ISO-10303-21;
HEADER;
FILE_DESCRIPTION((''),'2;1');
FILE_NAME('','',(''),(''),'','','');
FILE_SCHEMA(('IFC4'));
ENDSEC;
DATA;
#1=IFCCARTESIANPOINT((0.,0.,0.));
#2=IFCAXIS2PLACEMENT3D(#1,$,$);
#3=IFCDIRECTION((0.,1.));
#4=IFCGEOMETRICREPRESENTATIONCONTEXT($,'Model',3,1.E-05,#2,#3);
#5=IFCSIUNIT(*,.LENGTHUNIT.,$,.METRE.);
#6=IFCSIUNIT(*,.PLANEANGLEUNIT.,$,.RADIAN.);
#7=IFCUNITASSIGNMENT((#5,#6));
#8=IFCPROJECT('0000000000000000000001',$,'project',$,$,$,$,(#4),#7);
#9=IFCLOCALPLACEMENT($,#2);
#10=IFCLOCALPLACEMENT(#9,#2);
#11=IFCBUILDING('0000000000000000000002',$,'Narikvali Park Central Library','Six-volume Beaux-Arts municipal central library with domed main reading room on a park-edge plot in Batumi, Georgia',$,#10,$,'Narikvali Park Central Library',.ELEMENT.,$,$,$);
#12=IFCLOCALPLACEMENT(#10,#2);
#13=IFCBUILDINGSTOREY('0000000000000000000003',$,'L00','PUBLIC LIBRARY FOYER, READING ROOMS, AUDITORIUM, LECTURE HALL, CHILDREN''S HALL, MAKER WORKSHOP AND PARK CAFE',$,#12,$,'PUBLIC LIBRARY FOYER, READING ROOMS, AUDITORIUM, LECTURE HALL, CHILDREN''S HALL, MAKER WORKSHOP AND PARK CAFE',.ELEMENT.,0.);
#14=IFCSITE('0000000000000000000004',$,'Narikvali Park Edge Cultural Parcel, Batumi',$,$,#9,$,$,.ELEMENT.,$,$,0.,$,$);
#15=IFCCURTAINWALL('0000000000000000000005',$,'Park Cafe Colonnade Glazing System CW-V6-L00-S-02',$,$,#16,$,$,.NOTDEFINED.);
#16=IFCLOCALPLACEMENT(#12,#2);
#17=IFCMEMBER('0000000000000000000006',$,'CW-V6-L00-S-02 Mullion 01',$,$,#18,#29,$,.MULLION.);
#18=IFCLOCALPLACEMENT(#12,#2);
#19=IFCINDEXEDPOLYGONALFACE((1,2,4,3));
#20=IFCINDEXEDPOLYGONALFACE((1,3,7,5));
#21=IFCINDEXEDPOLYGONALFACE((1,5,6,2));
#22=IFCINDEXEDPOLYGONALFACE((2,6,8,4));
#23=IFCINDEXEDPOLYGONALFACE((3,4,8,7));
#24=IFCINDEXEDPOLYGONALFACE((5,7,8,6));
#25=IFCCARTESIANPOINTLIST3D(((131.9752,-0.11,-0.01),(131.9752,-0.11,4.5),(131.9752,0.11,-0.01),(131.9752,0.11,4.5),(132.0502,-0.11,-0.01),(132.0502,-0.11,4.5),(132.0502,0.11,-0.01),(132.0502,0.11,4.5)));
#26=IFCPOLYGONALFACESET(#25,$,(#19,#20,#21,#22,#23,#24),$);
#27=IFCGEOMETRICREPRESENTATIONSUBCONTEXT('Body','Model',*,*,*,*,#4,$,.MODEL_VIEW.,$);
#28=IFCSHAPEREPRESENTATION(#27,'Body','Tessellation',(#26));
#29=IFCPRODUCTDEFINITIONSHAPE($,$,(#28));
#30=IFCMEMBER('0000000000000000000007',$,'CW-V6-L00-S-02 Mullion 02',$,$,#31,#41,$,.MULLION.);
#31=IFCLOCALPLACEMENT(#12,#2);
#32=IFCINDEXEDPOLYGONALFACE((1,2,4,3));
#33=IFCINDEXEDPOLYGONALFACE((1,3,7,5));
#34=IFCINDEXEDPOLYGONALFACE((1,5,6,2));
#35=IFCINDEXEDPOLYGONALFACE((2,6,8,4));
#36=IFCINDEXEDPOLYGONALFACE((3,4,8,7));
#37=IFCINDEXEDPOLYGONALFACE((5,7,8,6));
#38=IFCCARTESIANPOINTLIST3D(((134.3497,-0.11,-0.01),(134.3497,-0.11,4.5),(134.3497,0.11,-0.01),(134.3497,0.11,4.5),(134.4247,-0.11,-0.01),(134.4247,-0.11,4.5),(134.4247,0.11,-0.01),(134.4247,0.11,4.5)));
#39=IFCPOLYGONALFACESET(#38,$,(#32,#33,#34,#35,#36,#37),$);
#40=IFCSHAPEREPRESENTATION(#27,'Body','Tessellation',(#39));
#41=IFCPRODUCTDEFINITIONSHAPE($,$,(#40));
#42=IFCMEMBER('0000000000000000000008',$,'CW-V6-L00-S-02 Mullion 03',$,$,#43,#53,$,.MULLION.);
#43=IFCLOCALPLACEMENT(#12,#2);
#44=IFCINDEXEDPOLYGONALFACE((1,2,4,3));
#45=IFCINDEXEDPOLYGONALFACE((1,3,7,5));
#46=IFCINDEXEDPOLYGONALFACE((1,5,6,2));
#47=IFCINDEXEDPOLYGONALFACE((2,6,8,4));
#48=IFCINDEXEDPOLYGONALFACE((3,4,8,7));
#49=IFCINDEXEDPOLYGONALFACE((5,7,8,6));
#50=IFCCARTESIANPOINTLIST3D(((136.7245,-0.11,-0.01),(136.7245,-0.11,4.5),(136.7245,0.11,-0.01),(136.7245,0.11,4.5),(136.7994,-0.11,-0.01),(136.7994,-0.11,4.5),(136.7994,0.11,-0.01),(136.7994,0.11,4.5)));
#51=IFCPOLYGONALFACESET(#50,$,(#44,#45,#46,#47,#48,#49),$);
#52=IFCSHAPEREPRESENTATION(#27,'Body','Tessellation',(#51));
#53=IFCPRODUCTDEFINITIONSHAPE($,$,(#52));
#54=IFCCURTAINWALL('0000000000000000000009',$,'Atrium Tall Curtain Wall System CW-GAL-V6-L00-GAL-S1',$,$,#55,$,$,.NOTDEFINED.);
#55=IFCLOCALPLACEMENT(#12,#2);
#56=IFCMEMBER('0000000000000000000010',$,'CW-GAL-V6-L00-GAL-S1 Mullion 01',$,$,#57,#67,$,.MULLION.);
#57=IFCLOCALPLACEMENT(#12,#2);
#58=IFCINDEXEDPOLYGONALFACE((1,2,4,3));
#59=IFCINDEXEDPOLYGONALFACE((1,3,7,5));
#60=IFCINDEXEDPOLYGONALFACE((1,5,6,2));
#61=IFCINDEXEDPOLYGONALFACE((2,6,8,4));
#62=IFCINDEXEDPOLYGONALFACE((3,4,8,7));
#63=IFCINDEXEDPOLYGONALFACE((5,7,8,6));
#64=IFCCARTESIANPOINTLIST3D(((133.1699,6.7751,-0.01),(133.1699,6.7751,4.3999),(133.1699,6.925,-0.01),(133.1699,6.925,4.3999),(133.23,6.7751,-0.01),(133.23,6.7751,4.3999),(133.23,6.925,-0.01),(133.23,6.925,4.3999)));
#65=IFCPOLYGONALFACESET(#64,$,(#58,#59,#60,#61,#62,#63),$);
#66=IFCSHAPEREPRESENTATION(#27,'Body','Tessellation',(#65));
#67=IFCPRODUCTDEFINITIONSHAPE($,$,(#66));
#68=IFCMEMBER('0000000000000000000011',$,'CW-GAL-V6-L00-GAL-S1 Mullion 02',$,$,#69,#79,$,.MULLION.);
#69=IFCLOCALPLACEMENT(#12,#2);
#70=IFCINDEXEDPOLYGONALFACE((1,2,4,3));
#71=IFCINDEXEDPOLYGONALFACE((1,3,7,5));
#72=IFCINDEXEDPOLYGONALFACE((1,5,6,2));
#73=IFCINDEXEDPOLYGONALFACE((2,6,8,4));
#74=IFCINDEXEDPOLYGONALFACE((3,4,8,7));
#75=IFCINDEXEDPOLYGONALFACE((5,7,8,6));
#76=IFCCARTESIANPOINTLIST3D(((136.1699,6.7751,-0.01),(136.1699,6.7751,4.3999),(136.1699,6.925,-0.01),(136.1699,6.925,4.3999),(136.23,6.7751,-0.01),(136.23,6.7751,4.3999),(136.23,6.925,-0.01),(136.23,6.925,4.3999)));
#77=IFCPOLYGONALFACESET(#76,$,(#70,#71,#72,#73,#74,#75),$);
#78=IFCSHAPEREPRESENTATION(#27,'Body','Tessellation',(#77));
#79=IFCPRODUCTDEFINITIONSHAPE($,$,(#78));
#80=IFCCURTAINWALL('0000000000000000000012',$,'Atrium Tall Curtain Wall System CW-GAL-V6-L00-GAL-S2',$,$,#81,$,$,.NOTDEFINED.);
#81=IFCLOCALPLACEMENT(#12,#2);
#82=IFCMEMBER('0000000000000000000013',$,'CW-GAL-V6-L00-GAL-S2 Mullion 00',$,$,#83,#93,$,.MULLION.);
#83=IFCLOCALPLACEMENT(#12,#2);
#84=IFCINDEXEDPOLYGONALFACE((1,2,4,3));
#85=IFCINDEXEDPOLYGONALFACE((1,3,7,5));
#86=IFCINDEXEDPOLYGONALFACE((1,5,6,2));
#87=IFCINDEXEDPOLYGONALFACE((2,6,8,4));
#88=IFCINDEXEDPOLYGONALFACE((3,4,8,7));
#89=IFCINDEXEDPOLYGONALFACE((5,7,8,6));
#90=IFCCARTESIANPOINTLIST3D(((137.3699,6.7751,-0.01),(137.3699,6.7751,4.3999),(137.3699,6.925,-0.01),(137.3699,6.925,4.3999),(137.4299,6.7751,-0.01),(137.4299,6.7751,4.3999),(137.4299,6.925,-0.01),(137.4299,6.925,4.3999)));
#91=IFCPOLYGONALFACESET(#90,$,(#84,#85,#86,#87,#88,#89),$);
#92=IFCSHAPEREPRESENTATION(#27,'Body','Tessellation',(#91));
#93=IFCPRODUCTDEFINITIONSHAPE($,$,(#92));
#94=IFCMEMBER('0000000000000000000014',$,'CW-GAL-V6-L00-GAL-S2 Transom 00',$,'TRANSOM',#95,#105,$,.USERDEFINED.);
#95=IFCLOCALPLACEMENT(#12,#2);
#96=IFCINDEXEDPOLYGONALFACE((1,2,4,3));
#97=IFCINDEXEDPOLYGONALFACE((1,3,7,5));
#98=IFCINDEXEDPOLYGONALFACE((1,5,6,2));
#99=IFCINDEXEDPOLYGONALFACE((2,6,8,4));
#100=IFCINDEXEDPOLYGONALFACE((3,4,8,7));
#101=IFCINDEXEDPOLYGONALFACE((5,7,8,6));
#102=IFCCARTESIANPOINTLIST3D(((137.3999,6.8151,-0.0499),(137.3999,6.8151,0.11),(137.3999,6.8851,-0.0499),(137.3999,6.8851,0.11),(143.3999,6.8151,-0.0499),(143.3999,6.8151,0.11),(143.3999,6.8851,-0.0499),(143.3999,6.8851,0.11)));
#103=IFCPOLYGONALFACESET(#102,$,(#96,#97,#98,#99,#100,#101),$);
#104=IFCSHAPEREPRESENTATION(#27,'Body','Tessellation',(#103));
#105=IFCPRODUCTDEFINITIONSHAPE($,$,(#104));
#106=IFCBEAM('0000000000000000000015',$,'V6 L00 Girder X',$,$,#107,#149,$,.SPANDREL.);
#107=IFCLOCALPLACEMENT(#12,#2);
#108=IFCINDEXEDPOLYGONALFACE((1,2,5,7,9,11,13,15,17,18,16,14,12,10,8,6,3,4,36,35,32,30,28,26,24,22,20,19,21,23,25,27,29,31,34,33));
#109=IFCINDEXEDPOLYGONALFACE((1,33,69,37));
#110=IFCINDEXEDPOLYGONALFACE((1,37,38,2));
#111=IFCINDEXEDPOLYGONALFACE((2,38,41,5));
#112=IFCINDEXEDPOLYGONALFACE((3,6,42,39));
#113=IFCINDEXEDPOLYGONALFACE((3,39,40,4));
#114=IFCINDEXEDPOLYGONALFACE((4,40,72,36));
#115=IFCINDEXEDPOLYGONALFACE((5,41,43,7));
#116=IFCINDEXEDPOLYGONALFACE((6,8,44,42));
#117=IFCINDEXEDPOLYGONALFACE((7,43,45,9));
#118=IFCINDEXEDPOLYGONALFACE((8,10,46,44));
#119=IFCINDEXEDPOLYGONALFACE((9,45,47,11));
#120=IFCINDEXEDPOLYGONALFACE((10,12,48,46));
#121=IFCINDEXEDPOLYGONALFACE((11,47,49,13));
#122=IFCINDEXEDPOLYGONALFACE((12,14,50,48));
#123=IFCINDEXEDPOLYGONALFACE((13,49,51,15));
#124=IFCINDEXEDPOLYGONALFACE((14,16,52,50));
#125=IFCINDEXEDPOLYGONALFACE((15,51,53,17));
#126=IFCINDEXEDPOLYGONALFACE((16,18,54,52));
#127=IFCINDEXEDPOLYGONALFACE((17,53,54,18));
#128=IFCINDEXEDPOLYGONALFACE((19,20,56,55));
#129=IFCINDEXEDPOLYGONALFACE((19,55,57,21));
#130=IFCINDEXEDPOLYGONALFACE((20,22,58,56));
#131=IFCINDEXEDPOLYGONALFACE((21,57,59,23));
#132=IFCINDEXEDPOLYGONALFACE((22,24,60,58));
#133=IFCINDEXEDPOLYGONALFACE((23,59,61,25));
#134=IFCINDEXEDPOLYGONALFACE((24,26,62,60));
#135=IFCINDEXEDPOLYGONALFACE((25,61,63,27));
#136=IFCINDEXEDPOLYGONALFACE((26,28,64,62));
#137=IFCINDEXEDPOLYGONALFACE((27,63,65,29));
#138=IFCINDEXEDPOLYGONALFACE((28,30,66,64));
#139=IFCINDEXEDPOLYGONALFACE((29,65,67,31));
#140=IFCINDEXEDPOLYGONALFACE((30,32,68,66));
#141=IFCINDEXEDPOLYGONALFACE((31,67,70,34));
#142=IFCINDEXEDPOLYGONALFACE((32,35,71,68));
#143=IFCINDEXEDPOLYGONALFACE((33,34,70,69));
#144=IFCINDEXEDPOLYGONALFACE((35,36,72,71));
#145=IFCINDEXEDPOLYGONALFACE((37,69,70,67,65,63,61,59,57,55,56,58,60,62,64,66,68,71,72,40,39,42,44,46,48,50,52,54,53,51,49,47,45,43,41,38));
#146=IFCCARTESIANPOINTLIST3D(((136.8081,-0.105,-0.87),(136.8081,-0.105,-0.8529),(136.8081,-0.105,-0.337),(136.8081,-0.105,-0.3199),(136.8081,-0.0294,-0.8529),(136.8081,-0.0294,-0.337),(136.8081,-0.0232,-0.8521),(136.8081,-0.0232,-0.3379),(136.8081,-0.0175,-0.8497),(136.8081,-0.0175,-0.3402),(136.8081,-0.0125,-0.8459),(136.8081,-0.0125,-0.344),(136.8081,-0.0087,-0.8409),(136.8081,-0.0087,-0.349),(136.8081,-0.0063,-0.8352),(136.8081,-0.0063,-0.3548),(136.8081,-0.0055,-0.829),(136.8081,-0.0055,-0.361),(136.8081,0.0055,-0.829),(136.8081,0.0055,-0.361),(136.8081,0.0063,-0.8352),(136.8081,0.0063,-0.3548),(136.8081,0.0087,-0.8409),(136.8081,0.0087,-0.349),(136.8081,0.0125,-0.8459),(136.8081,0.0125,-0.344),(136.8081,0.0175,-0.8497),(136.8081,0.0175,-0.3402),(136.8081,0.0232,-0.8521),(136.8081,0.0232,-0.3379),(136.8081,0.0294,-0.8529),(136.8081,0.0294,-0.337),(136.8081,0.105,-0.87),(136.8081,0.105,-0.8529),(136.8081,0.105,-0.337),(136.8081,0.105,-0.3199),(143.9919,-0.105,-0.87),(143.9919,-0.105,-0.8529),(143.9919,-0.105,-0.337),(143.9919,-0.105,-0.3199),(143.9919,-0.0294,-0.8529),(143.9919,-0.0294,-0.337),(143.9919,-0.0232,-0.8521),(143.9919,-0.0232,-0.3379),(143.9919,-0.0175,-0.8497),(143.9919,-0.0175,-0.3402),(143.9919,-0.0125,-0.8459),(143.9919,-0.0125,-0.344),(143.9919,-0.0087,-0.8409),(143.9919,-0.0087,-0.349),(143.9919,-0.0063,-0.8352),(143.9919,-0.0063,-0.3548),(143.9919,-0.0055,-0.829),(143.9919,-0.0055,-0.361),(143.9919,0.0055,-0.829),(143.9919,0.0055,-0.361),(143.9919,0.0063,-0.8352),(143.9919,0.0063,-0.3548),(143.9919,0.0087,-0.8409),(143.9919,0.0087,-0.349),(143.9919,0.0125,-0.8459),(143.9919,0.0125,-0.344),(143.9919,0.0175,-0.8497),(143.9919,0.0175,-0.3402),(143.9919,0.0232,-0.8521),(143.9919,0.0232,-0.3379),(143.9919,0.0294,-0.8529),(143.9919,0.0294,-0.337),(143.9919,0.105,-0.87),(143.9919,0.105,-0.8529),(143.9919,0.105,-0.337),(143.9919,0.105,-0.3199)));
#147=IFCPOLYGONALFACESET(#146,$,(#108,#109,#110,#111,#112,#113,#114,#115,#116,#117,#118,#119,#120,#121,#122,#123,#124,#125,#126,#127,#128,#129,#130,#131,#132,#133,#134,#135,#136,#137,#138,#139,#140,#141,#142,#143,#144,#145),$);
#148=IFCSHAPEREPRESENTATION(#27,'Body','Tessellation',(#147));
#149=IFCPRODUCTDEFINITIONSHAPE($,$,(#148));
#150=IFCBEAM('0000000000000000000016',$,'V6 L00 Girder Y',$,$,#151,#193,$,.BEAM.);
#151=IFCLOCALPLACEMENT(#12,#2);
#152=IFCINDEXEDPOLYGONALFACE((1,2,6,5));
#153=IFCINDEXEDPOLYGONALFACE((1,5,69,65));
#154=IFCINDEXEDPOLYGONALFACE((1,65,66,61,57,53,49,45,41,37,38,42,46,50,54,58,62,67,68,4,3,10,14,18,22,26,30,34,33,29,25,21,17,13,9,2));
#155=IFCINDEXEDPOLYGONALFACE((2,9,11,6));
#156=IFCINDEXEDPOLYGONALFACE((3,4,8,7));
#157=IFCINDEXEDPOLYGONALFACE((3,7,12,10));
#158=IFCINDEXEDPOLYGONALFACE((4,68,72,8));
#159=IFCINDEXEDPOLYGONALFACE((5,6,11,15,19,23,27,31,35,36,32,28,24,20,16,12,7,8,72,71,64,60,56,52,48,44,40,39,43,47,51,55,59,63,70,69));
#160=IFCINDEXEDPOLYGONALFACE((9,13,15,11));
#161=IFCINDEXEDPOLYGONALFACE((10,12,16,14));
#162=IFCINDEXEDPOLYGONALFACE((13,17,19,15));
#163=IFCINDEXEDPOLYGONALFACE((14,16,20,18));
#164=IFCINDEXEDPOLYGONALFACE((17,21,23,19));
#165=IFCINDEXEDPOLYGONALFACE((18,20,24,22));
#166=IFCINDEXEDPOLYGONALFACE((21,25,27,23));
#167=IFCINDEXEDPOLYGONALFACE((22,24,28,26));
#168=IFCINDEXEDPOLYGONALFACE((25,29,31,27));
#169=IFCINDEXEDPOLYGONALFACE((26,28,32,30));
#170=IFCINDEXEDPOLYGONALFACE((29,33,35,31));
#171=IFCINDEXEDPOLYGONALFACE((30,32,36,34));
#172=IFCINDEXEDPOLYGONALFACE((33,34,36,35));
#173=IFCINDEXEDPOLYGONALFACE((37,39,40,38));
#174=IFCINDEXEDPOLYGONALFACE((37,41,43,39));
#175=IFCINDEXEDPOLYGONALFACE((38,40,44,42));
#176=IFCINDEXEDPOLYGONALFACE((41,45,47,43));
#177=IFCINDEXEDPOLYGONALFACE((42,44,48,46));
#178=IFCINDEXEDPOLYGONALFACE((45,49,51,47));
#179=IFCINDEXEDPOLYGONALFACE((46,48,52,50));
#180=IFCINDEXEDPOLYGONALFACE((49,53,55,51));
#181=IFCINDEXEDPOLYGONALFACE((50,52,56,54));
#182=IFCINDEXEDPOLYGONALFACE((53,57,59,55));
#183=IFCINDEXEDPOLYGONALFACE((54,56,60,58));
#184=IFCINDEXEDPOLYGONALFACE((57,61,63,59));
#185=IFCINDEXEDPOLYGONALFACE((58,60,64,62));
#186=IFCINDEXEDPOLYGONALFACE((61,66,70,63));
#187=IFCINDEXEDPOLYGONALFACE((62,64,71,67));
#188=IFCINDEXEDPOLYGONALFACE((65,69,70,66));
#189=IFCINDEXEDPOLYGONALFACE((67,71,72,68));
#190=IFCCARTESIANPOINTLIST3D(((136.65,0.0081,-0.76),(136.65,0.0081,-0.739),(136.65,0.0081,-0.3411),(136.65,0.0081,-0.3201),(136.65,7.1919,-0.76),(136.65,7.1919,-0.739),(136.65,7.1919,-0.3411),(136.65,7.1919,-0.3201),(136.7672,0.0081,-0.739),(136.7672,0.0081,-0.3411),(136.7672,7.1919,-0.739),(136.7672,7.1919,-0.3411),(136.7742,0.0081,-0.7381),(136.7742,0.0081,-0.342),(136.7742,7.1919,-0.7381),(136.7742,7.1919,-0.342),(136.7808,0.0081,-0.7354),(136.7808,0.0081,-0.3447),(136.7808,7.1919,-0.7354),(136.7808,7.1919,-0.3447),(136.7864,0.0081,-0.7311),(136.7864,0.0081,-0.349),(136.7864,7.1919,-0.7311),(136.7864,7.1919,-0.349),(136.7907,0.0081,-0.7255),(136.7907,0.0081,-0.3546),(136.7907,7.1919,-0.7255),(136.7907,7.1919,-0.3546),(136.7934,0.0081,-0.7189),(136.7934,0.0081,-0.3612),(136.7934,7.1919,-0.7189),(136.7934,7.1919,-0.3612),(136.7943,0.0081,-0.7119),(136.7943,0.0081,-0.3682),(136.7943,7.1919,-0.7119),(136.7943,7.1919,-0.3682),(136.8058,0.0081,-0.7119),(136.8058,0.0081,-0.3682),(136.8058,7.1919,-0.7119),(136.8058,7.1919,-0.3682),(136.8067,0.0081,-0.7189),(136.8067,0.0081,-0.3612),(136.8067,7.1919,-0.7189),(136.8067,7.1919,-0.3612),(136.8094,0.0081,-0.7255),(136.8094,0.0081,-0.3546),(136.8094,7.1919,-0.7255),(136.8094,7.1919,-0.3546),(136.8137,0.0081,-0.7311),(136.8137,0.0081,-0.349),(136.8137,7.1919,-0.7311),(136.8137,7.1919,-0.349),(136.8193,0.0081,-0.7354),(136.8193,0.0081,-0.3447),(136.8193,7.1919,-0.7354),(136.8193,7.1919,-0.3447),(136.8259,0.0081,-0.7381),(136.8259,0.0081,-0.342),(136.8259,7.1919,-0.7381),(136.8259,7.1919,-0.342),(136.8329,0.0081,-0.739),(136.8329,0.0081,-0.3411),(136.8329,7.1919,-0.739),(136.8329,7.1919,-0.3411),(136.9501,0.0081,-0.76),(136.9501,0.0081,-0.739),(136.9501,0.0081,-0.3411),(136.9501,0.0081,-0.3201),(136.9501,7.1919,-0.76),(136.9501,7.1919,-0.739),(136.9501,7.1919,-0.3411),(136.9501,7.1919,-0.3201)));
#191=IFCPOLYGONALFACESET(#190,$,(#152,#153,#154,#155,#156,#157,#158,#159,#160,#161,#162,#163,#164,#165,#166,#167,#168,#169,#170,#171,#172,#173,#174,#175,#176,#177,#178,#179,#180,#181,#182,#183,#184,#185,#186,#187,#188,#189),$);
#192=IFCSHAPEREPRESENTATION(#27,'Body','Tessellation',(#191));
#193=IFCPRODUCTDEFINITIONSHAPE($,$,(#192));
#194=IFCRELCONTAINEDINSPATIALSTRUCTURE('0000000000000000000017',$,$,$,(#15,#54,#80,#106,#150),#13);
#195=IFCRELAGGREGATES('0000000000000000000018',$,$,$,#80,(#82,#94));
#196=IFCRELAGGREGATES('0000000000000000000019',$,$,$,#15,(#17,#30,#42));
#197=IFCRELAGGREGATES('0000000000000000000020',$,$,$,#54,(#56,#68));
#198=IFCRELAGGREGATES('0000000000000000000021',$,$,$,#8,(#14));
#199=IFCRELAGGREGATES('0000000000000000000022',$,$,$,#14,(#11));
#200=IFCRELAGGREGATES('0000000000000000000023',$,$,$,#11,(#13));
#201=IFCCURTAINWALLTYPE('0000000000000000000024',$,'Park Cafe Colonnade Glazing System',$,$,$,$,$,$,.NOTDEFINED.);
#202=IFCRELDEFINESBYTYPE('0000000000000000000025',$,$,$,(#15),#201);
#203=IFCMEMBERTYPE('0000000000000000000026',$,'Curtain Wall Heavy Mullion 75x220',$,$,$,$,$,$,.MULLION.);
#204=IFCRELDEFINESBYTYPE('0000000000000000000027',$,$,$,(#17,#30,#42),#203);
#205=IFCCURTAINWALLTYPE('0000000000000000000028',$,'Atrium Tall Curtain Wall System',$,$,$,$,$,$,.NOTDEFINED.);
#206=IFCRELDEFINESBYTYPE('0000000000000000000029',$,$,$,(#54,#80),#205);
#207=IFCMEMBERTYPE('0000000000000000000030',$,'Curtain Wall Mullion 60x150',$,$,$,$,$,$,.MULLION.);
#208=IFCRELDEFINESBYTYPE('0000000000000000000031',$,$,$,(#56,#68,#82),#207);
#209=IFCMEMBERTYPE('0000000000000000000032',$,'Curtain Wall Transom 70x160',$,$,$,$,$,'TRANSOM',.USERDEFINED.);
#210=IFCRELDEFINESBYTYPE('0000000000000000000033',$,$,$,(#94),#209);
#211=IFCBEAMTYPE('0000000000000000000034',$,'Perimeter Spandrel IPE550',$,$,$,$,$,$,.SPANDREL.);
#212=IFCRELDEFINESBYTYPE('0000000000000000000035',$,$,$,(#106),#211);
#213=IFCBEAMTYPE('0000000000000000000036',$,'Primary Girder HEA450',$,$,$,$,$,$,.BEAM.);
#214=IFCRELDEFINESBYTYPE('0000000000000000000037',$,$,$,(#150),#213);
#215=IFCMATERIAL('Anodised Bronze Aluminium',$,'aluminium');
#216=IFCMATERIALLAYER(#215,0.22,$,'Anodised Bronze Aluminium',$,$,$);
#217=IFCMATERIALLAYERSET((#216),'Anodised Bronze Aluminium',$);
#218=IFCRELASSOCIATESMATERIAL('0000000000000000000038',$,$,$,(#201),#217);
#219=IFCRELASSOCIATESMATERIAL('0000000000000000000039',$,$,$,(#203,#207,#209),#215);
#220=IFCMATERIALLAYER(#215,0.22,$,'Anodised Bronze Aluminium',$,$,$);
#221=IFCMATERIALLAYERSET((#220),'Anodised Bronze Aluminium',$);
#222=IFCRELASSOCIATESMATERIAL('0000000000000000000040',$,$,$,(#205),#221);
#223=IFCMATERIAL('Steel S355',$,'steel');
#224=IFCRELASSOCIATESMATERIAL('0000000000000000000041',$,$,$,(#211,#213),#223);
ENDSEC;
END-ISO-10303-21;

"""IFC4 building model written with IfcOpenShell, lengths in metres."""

from ifc_helpers import new_model, si_unit, direction, frame, origin, origin_2d, place, context, subcontext, project, spatial, rectangle, i_section, extrude, material, layer, layer_set, material_profile, profile_set, type_object, element, aggregate, save


model = new_model("IFC4")

# Units and contexts
model_context = context("Model", 3, precision=1e-05, world=origin(), true_north=direction((0.0, 1.0)))
body_context = subcontext(model_context, "Body", "Model", "MODEL_VIEW")
ifc_project = project(units=[si_unit("LENGTHUNIT", "METRE"), si_unit("PLANEANGLEUNIT", "RADIAN")], contexts=[model_context])

# Site, building, storey
site_placement = place(None, origin())
site = spatial("IfcSite", under=ifc_project, at=site_placement, Name="Narikvali Park Edge Cultural Parcel, Batumi", CompositionType="ELEMENT", RefElevation=0.0)
building_placement = place(site_placement, origin())
building = spatial("IfcBuilding", under=site, at=building_placement, Name="Narikvali Park Central Library", Description="Six-volume Beaux-Arts municipal central library with domed main reading room on a park-edge plot in Batumi, Georgia", LongName="Narikvali Park Central Library", CompositionType="ELEMENT")
storey_placement = place(building_placement, origin())
storey = spatial("IfcBuildingStorey", under=building, at=storey_placement, Name="L00", Description="PUBLIC LIBRARY FOYER, READING ROOMS, AUDITORIUM, LECTURE HALL, CHILDREN'S HALL, MAKER WORKSHOP AND PARK CAFE", LongName="PUBLIC LIBRARY FOYER, READING ROOMS, AUDITORIUM, LECTURE HALL, CHILDREN'S HALL, MAKER WORKSHOP AND PARK CAFE", CompositionType="ELEMENT", Elevation=0.0)

# Shared definitions
ifc_material_1 = material(Name="Steel S355", Category="steel")

# Curtain walls, members
ifc_material_2 = material(Name="Anodised Bronze Aluminium", Category="aluminium")
ifc_layer_1 = layer(ifc_material_2, 0.22, Name="Anodised Bronze Aluminium")
ifc_layer_set_1 = layer_set([ifc_layer_1], Name="Anodised Bronze Aluminium")
curtain_wall_type_1 = type_object("IfcCurtainWallType", Name="Park Cafe Colonnade Glazing System", PredefinedType="NOTDEFINED", material=ifc_layer_set_1)
curtain_wall_1_placement = place(storey_placement, origin())
curtain_wall_1 = element("IfcCurtainWall", 1, at=curtain_wall_1_placement, inside=storey, type_object=curtain_wall_type_1, Name="Park Cafe Colonnade Glazing System CW-V6-L00-S-02", PredefinedType="NOTDEFINED")
ifc_material_profile_1 = material_profile(ifc_material_2, rectangle(XDim=0.075, YDim=0.22, at=origin_2d()), Name="CW MULLION 75x220")
ifc_profile_set_1 = profile_set([ifc_material_profile_1], Name="Anodised Bronze Aluminium")
member_type_1 = type_object("IfcMemberType", Name="Curtain Wall Heavy Mullion 75x220", PredefinedType="MULLION", material=ifc_profile_set_1)
member_1_placement = place(storey_placement, frame((132.0127, 0.0, -0.01), z_axis=(0.0, 0.0, 1.0), x_axis=(1.0, 0.0, 0.0)))
member_1 = element("IfcMember", 2, at=member_1_placement, type_object=member_type_1, Name="CW-V6-L00-S-02 Mullion 01", PredefinedType="MULLION", context=body_context, shape_type="SweptSolid", body=[
    extrude(rectangle(XDim=0.075, YDim=0.22, at=origin_2d()), origin(), (0.0, 0.0, 1.0), 4.51),
])
member_2_placement = place(storey_placement, frame((134.3872, 0.0, -0.01), z_axis=(0.0, 0.0, 1.0), x_axis=(1.0, 0.0, 0.0)))
member_2 = element("IfcMember", 3, at=member_2_placement, type_object=member_type_1, Name="CW-V6-L00-S-02 Mullion 02", PredefinedType="MULLION", context=body_context, shape_type="SweptSolid", body=[
    extrude(rectangle(XDim=0.075, YDim=0.22, at=origin_2d()), origin(), (0.0, 0.0, 1.0), 4.51),
])
member_3_placement = place(storey_placement, frame((136.762, 0.0, -0.01), z_axis=(0.0, 0.0, 1.0), x_axis=(1.0, 0.0, 0.0)))
member_3 = element("IfcMember", 4, at=member_3_placement, type_object=member_type_1, Name="CW-V6-L00-S-02 Mullion 03", PredefinedType="MULLION", context=body_context, shape_type="SweptSolid", body=[
    extrude(rectangle(XDim=0.075, YDim=0.22, at=origin_2d()), origin(), (0.0, 0.0, 1.0), 4.51),
])
ifc_layer_2 = layer(ifc_material_2, 0.22, Name="Anodised Bronze Aluminium")
ifc_layer_set_2 = layer_set([ifc_layer_2], Name="Anodised Bronze Aluminium")
curtain_wall_type_2 = type_object("IfcCurtainWallType", Name="Atrium Tall Curtain Wall System", PredefinedType="NOTDEFINED", material=ifc_layer_set_2)
curtain_wall_2_placement = place(storey_placement, origin())
curtain_wall_2 = element("IfcCurtainWall", 5, at=curtain_wall_2_placement, inside=storey, type_object=curtain_wall_type_2, Name="Atrium Tall Curtain Wall System CW-GAL-V6-L00-GAL-S1", PredefinedType="NOTDEFINED")
ifc_material_profile_2 = material_profile(ifc_material_2, rectangle(XDim=0.0601, YDim=0.1499, at=origin_2d()), Name="CW MULLION 60x150")
ifc_profile_set_2 = profile_set([ifc_material_profile_2], Name="Anodised Bronze Aluminium")
member_type_2 = type_object("IfcMemberType", Name="Curtain Wall Mullion 60x150", PredefinedType="MULLION", material=ifc_profile_set_2)
member_4_placement = place(storey_placement, frame((133.2, 6.8501, -0.01), z_axis=(0.0, 0.0, 1.0), x_axis=(1.0, 0.0, 0.0)))
member_4 = element("IfcMember", 6, at=member_4_placement, type_object=member_type_2, Name="CW-GAL-V6-L00-GAL-S1 Mullion 01", PredefinedType="MULLION", context=body_context, shape_type="SweptSolid", body=[
    extrude(rectangle(XDim=0.0601, YDim=0.1499, at=origin_2d()), origin(), (0.0, 0.0, 1.0), 4.4099),
])
member_5_placement = place(storey_placement, frame((136.2, 6.8501, -0.01), z_axis=(0.0, 0.0, 1.0), x_axis=(1.0, 0.0, 0.0)))
member_5 = element("IfcMember", 7, at=member_5_placement, type_object=member_type_2, Name="CW-GAL-V6-L00-GAL-S1 Mullion 02", PredefinedType="MULLION", context=body_context, shape_type="SweptSolid", body=[
    extrude(rectangle(XDim=0.0601, YDim=0.1499, at=origin_2d()), origin(), (0.0, 0.0, 1.0), 4.4099),
])
curtain_wall_3_placement = place(storey_placement, origin())
curtain_wall_3 = element("IfcCurtainWall", 8, at=curtain_wall_3_placement, inside=storey, type_object=curtain_wall_type_2, Name="Atrium Tall Curtain Wall System CW-GAL-V6-L00-GAL-S2", PredefinedType="NOTDEFINED")
member_6_placement = place(storey_placement, frame((137.3999, 6.8501, -0.01), z_axis=(0.0, 0.0, 1.0), x_axis=(1.0, 0.0, 0.0)))
member_6 = element("IfcMember", 9, at=member_6_placement, type_object=member_type_2, Name="CW-GAL-V6-L00-GAL-S2 Mullion 00", PredefinedType="MULLION", context=body_context, shape_type="SweptSolid", body=[
    extrude(rectangle(XDim=0.0601, YDim=0.1499, at=origin_2d()), origin(), (0.0, 0.0, 1.0), 4.4099),
])
ifc_material_profile_3 = material_profile(ifc_material_2, rectangle(XDim=0.0701, YDim=0.1599, at=origin_2d()), Name="CW TRANSOM 70x160")
ifc_profile_set_3 = profile_set([ifc_material_profile_3], Name="Anodised Bronze Aluminium")
member_type_3 = type_object("IfcMemberType", Name="Curtain Wall Transom 70x160", ElementType="TRANSOM", PredefinedType="USERDEFINED", material=ifc_profile_set_3)
member_7_placement = place(storey_placement, frame((137.3999, 6.8501, 0.03), z_axis=(1.0, 0.0, 0.0), x_axis=(0.0, 1.0, 0.0)))
member_7 = element("IfcMember", 10, at=member_7_placement, type_object=member_type_3, Name="CW-GAL-V6-L00-GAL-S2 Transom 00", ObjectType="TRANSOM", PredefinedType="USERDEFINED", context=body_context, shape_type="SweptSolid", body=[
    extrude(rectangle(XDim=0.0701, YDim=0.1599, at=origin_2d()), origin(), (0.0, 0.0, 1.0), 6.0),
])
aggregate(curtain_wall_3, [member_6, member_7])

# Beams
ifc_material_profile_4 = material_profile(ifc_material_1, i_section(OverallWidth=0.21, OverallDepth=0.55, WebThickness=0.011, FlangeThickness=0.0171, FilletRadius=0.0239, at=origin_2d()), Name="IPE 550")
ifc_profile_set_4 = profile_set([ifc_material_profile_4], Name="Steel S355")
beam_type_1 = type_object("IfcBeamType", Name="Perimeter Spandrel IPE550", PredefinedType="SPANDREL", material=ifc_profile_set_4)
beam_1_placement = place(storey_placement, frame((136.8081, 0.0, -0.595), z_axis=(1.0, 0.0, 0.0), x_axis=(0.0, 1.0, 0.0)))
element("IfcBeam", 11, at=beam_1_placement, inside=storey, type_object=beam_type_1, Name="V6 L00 Girder X", PredefinedType="SPANDREL", context=body_context, shape_type="SweptSolid", body=[
    extrude(i_section(OverallWidth=0.21, OverallDepth=0.55, WebThickness=0.011, FlangeThickness=0.0171, FilletRadius=0.0239, at=origin_2d()), origin(), (0.0, 0.0, 1.0), 7.1838),
])
ifc_material_profile_5 = material_profile(ifc_material_1, i_section(OverallWidth=0.3, OverallDepth=0.4399, WebThickness=0.0115, FlangeThickness=0.021, FilletRadius=0.0271, at=origin_2d()), Name="HEA 450")
ifc_profile_set_5 = profile_set([ifc_material_profile_5], Name="Steel S355")
beam_type_2 = type_object("IfcBeamType", Name="Primary Girder HEA450", PredefinedType="BEAM", material=ifc_profile_set_5)
beam_2_placement = place(storey_placement, frame((136.8, 0.0081, -0.54), z_axis=(0.0, 1.0, 0.0), x_axis=(-1.0, 0.0, 0.0)))
element("IfcBeam", 12, at=beam_2_placement, inside=storey, type_object=beam_type_2, Name="V6 L00 Girder Y", PredefinedType="BEAM", context=body_context, shape_type="SweptSolid", body=[
    extrude(i_section(OverallWidth=0.3, OverallDepth=0.4399, WebThickness=0.0115, FlangeThickness=0.021, FilletRadius=0.0271, at=origin_2d()), origin(), (0.0, 0.0, 1.0), 7.1838),
])

aggregate(curtain_wall_1, [member_1, member_2, member_3])
aggregate(curtain_wall_2, [member_4, member_5])

save(model, "model.ifc")
